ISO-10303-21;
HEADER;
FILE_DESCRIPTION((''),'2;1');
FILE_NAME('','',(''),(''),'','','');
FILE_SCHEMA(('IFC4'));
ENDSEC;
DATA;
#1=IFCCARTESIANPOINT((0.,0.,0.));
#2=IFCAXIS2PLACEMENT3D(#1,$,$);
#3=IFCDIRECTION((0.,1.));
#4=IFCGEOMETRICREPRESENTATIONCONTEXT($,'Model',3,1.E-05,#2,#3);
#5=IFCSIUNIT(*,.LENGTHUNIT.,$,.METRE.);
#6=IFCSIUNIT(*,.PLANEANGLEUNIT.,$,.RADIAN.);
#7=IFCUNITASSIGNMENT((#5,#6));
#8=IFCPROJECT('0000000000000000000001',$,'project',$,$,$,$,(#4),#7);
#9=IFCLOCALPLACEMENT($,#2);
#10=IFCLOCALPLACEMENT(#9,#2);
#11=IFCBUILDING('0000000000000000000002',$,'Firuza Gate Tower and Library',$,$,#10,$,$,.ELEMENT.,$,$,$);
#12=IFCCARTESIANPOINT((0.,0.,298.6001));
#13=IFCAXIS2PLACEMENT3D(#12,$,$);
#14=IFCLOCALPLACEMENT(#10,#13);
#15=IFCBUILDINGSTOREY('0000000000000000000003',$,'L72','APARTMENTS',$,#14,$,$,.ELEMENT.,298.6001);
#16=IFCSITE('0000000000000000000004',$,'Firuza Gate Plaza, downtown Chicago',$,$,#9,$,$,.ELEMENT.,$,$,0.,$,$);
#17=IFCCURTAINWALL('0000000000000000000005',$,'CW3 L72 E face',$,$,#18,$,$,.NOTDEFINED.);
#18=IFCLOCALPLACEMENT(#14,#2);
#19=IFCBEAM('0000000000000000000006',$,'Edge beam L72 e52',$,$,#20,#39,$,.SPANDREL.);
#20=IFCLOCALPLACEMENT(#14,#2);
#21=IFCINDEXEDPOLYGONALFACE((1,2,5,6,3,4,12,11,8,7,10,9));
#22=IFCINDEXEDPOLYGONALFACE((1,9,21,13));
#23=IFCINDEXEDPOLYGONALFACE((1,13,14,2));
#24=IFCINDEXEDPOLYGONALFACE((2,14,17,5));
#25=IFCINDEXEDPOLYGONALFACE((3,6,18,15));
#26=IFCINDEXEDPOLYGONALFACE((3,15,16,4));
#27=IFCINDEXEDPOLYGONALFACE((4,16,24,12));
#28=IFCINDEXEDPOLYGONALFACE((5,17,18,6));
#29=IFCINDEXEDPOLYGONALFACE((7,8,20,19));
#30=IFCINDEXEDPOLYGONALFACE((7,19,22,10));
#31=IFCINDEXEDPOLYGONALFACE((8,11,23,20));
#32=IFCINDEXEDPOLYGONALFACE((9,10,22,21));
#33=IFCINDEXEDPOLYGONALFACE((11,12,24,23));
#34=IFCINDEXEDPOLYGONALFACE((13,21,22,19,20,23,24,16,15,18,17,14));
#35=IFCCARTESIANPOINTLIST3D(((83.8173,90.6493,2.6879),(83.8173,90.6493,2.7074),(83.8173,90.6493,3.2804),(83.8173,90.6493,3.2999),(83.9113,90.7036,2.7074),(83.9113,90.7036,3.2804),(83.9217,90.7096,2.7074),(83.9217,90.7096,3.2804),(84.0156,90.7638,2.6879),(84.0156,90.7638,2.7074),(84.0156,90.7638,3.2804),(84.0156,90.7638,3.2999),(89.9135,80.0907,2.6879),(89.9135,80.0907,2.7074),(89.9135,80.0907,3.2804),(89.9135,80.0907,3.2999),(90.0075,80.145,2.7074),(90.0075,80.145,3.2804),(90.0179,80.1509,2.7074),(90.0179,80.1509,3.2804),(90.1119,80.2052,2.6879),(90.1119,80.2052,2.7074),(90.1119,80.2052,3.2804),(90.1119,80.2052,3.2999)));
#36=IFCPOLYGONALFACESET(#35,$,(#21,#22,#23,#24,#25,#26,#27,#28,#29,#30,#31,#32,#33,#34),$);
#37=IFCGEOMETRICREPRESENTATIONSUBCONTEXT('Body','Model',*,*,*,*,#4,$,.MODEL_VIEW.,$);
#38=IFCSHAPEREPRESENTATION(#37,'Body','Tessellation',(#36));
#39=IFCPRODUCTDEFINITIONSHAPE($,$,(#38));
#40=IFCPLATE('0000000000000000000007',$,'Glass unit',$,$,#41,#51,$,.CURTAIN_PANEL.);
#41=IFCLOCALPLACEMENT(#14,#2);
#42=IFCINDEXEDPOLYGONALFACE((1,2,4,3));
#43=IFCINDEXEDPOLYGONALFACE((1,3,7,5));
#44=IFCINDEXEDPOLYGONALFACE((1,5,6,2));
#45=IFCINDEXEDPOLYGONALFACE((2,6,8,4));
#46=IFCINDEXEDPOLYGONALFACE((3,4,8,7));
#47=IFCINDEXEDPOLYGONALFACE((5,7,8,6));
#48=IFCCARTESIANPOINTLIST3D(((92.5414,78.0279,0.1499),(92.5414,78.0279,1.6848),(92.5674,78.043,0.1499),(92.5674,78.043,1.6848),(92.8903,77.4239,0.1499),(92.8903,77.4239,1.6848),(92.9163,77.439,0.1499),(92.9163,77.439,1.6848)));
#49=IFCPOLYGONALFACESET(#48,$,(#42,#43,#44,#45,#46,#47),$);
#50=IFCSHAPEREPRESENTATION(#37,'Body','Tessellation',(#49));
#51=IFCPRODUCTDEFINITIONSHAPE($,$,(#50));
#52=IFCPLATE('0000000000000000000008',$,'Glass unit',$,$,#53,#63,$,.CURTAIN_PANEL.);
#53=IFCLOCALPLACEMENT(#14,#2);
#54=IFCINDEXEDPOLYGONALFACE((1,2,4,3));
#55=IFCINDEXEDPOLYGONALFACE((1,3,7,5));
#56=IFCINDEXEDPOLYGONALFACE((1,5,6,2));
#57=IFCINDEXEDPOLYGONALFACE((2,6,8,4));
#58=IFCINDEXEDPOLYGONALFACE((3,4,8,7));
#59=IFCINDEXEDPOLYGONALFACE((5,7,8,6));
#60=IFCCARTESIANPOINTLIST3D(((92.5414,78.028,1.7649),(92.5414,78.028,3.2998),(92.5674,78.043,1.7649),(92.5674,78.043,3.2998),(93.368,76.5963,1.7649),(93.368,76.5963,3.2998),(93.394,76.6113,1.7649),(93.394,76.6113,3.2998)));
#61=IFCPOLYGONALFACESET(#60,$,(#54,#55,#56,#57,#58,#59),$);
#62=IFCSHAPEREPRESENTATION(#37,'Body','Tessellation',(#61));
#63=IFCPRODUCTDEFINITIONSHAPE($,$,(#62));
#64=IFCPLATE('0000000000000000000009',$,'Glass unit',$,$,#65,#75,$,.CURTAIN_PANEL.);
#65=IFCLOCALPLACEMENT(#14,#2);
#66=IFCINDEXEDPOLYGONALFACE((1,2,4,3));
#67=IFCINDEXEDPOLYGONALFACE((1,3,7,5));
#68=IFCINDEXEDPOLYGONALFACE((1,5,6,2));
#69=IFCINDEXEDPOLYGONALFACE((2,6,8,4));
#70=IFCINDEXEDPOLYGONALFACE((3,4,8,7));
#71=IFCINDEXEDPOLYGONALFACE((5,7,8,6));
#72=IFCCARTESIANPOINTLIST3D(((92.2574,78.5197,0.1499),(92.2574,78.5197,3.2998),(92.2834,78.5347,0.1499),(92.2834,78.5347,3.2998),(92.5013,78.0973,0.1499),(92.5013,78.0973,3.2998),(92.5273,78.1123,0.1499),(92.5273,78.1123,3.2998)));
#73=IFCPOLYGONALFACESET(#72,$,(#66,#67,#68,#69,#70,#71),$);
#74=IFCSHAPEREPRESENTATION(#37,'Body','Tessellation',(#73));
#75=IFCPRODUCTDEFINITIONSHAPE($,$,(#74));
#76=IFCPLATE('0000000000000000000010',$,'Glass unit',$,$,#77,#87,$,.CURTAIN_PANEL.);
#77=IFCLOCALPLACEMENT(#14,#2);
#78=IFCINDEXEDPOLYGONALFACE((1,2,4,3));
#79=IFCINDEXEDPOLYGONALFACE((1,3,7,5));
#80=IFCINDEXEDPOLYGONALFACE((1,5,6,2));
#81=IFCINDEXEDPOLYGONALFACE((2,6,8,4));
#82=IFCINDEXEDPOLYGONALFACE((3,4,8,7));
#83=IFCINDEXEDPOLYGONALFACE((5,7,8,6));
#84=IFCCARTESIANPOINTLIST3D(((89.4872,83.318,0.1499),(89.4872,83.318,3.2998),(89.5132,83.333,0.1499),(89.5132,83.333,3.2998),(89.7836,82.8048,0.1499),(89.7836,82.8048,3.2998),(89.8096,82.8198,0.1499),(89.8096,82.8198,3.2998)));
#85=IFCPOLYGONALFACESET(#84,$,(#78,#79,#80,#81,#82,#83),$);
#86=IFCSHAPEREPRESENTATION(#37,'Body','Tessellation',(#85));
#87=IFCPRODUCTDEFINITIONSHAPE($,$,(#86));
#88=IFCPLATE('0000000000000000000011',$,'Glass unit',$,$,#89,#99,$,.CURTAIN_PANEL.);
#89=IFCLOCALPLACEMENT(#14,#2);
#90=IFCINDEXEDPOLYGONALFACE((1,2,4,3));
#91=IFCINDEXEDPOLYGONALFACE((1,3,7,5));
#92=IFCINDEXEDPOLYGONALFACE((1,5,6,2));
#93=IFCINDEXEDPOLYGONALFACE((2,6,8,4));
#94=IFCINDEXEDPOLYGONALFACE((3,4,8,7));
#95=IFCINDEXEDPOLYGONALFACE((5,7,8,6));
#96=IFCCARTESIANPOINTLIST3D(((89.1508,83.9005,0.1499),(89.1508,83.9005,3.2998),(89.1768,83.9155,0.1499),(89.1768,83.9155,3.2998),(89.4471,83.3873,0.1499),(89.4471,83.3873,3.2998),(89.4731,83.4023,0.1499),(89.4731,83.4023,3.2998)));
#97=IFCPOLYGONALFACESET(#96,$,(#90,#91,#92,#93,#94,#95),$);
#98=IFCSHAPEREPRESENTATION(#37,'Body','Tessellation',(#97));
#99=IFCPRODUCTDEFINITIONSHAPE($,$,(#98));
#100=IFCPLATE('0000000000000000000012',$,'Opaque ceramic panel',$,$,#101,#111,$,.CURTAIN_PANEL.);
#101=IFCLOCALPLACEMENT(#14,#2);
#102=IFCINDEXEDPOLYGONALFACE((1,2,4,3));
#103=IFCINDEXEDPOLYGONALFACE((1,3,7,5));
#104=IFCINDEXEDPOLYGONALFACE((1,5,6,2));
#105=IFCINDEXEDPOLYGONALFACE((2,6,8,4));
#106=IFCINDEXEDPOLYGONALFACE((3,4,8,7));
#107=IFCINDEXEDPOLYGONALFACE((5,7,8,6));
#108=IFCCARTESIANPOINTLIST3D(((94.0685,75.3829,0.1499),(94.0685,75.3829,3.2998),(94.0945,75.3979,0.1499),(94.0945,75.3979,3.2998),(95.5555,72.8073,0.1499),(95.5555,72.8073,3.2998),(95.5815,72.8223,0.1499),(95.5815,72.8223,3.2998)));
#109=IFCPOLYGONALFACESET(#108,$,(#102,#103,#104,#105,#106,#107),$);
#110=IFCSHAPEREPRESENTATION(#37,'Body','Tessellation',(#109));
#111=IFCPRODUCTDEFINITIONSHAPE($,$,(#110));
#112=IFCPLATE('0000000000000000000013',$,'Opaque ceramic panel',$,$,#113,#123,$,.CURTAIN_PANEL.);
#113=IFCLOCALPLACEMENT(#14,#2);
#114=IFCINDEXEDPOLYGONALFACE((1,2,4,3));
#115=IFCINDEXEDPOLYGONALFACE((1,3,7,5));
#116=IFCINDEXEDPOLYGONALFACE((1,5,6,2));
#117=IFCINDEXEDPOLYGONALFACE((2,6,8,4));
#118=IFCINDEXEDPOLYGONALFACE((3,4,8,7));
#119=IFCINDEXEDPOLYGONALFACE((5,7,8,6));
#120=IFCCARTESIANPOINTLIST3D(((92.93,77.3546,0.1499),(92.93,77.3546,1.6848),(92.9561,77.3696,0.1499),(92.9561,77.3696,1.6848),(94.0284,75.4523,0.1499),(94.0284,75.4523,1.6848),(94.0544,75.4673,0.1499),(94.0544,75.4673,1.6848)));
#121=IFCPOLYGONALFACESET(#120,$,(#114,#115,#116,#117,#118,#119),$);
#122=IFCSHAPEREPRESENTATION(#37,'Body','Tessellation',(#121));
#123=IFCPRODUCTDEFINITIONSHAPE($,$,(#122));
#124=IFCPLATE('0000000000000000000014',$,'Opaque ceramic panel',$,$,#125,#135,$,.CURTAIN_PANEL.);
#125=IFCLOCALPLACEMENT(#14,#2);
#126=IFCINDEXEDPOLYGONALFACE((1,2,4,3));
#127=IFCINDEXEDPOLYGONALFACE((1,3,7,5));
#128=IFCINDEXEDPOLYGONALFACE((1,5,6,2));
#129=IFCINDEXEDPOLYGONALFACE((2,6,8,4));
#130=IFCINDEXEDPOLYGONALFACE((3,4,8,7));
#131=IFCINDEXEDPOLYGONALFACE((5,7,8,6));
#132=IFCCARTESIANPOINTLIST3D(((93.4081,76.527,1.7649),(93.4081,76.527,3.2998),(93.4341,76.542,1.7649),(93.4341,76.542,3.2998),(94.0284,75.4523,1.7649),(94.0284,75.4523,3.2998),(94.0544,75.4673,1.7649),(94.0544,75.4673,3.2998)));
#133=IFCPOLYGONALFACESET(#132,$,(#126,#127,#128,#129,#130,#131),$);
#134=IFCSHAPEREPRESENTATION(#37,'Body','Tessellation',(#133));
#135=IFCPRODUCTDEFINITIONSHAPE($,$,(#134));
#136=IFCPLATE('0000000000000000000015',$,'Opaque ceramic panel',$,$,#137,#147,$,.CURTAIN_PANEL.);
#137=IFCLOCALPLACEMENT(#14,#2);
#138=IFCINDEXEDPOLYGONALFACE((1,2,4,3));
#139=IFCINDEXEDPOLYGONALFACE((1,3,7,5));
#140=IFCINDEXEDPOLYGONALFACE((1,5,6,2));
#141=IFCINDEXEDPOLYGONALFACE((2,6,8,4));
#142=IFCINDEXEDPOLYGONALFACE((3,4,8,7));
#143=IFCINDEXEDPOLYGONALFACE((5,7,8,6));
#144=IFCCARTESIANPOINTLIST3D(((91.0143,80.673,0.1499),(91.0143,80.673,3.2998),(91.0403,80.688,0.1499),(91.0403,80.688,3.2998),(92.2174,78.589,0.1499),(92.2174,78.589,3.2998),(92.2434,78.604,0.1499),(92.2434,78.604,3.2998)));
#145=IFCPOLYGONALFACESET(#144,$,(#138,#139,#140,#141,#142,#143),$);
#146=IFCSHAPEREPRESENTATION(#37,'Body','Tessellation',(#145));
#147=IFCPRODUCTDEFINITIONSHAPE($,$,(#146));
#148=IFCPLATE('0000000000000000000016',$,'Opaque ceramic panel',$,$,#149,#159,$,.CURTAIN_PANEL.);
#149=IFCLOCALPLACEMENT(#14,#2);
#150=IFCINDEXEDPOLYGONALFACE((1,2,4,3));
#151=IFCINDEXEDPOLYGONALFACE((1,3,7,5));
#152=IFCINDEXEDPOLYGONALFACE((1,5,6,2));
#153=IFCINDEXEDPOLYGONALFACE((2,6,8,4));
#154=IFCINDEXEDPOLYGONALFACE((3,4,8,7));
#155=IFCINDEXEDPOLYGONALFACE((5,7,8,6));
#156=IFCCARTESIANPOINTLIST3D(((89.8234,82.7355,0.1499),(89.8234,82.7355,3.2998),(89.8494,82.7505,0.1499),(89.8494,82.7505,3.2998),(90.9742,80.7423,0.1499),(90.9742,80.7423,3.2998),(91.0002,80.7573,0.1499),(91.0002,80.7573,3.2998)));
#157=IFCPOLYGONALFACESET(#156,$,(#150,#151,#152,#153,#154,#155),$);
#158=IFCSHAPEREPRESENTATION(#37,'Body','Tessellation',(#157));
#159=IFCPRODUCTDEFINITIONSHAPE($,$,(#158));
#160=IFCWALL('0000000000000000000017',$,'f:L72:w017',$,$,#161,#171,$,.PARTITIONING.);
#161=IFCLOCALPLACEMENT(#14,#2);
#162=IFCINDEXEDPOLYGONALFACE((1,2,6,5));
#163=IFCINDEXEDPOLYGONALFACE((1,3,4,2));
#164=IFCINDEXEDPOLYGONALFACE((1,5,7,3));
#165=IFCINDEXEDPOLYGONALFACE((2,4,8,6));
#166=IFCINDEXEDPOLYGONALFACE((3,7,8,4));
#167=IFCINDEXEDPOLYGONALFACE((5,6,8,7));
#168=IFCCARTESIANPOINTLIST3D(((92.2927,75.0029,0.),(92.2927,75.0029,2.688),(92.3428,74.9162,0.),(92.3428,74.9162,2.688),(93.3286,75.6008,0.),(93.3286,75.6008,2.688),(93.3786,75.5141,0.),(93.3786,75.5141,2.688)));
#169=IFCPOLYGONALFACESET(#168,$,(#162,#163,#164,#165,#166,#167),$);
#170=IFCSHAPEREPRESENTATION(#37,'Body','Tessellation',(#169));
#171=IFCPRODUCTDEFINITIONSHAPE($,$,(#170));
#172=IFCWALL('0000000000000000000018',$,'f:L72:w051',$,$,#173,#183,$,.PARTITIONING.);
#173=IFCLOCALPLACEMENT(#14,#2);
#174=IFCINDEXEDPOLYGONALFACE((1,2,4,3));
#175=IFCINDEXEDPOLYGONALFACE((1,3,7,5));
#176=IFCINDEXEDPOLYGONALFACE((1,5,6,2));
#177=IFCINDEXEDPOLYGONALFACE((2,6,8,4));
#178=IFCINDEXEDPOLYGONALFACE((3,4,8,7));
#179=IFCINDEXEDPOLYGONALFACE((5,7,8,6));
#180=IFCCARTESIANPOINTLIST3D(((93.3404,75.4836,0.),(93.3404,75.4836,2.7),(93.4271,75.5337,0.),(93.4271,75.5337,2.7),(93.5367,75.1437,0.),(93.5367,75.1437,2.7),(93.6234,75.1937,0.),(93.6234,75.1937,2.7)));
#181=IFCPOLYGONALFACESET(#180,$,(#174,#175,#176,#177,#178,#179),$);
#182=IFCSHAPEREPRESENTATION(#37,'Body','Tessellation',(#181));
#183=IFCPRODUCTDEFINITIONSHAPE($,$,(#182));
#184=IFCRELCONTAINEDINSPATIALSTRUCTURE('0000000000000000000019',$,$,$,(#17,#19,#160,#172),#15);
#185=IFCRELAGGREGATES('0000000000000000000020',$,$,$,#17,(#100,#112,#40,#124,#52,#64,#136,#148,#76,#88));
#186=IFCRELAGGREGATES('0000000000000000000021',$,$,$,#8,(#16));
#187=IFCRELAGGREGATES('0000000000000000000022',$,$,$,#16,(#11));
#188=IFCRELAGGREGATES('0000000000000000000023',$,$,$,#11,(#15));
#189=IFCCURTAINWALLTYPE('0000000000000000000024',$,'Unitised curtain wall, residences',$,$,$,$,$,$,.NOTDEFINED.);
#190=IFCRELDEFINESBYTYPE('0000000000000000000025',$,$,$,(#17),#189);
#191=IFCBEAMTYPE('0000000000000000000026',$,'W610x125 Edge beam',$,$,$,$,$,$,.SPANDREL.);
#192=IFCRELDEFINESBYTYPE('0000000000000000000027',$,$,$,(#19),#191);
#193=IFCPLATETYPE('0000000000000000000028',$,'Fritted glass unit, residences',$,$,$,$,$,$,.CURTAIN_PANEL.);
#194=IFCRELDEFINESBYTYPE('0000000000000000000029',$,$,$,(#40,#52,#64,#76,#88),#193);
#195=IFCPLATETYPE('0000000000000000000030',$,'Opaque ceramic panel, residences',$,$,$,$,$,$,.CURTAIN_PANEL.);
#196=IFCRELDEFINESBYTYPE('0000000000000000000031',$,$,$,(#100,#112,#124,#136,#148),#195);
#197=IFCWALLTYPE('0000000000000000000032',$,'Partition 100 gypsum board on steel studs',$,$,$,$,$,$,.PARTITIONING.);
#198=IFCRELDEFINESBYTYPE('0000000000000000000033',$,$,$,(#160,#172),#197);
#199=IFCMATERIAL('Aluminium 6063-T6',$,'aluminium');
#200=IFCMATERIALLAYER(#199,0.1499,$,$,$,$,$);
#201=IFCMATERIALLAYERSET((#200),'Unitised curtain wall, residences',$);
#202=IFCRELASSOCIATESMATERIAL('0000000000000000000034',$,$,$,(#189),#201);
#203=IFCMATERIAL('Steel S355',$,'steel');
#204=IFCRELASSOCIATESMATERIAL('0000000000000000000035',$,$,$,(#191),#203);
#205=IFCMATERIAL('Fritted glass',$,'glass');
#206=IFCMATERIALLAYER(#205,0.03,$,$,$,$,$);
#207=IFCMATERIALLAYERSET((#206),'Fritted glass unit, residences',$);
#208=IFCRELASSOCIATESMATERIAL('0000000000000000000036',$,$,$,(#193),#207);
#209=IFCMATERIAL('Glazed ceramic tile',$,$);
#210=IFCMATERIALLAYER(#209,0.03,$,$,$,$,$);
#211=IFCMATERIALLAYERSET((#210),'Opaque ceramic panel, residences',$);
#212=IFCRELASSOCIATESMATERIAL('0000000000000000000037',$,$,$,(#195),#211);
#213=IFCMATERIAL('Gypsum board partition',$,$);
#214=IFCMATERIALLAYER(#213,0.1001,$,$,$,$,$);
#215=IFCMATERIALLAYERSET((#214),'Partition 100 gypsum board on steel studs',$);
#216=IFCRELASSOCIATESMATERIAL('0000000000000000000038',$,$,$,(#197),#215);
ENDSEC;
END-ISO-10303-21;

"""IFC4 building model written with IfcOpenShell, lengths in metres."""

from ifc_helpers import new_model, si_unit, direction, frame, frame_2d, origin, origin_2d, place, context, subcontext, project, spatial, polyline, rectangle, i_section, outline, extrude, material, layer, layer_set, material_profile, profile_set, type_object, element, aggregate, save


model = new_model("IFC4")

# Units and contexts
model_context = context("Model", 3, precision=1e-05, world=origin(), true_north=direction((0.0, 1.0)))
body_context = subcontext(model_context, "Body", "Model", "MODEL_VIEW")
ifc_project = project(units=[si_unit("LENGTHUNIT", "METRE"), si_unit("PLANEANGLEUNIT", "RADIAN")], contexts=[model_context])

# Site, building, storey
site_placement = place(None, origin())
site = spatial("IfcSite", under=ifc_project, at=site_placement, Name="Firuza Gate Plaza, downtown Chicago", CompositionType="ELEMENT", RefElevation=0.0)
building_placement = place(site_placement, origin())
building = spatial("IfcBuilding", under=site, at=building_placement, Name="Firuza Gate Tower and Library", CompositionType="ELEMENT")
storey_placement = place(building_placement, frame((0.0, 0.0, 298.6001)))
storey = spatial("IfcBuildingStorey", under=building, at=storey_placement, Name="L72", Description="APARTMENTS", CompositionType="ELEMENT", Elevation=298.6001)

# Curtain wall
ifc_material_1 = material(Name="Aluminium 6063-T6", Category="aluminium")
ifc_layer_1 = layer(ifc_material_1, 0.1499)
ifc_layer_set_1 = layer_set([ifc_layer_1], Name="Unitised curtain wall, residences")
curtain_wall_type = type_object("IfcCurtainWallType", Name="Unitised curtain wall, residences", PredefinedType="NOTDEFINED", material=ifc_layer_set_1)
curtain_wall_placement = place(storey_placement, origin())
curtain_wall = element("IfcCurtainWall", 1, at=curtain_wall_placement, inside=storey, type_object=curtain_wall_type, Name="CW3 L72 E face", PredefinedType="NOTDEFINED")

# Beam
ifc_material_2 = material(Name="Steel S355", Category="steel")
ifc_material_profile_1 = material_profile(ifc_material_2, i_section(OverallWidth=0.229, OverallDepth=0.6121, WebThickness=0.012, FlangeThickness=0.0195, at=origin_2d()))
ifc_profile_set_1 = profile_set([ifc_material_profile_1], Name="Steel S355")
beam_type_1 = type_object("IfcBeamType", Name="W610x125 Edge beam", PredefinedType="SPANDREL", material=ifc_profile_set_1)
beam_1_placement = place(storey_placement, frame((90.0127, 80.1479, 2.9939), z_axis=(-0.500011, 0.866019, 0.0), x_axis=(-0.866019, -0.500011, 0.0)))
element("IfcBeam", 2, at=beam_1_placement, inside=storey, type_object=beam_type_1, Name="Edge beam L72 e52", PredefinedType="SPANDREL", context=body_context, shape_type="SweptSolid", body=[
    extrude(i_section(OverallWidth=0.229, OverallDepth=0.6121, WebThickness=0.012, FlangeThickness=0.0195, at=origin_2d()), origin(), (0.0, 0.0, 1.0), 12.1921),
])

# Plates
ifc_material_3 = material(Name="Fritted glass", Category="glass")
ifc_layer_2 = layer(ifc_material_3, 0.03)
ifc_layer_set_2 = layer_set([ifc_layer_2], Name="Fritted glass unit, residences")
plate_type_1 = type_object("IfcPlateType", Name="Fritted glass unit, residences", PredefinedType="CURTAIN_PANEL", material=ifc_layer_set_2)
plate_1_placement = place(storey_placement, frame((92.9163, 77.439, 0.1499), z_axis=(0.865929, 0.500167, 0.0), x_axis=(-0.500167, 0.865929, 0.0)))
plate_1 = element("IfcPlate", 3, at=plate_1_placement, type_object=plate_type_1, Name="Glass unit", PredefinedType="CURTAIN_PANEL", context=body_context, shape_type="SweptSolid", body=[
    extrude(outline(polyline([(0.0, 0.0), (0.6975, 0.0), (0.6975, 1.5349), (0.0, 1.5349), (0.0, 0.0)])), origin(), (0.0, 0.0, -1.0), 0.03),
])
plate_2_placement = place(storey_placement, frame((93.394, 76.6113, 1.7649), z_axis=(0.865999, 0.500046, 0.0), x_axis=(-0.500046, 0.865999, 0.0)))
plate_2 = element("IfcPlate", 4, at=plate_2_placement, type_object=plate_type_1, Name="Glass unit", PredefinedType="CURTAIN_PANEL", context=body_context, shape_type="SweptSolid", body=[
    extrude(outline(polyline([(0.0, 0.0), (1.6532, 0.0), (1.6532, 1.5349), (0.0, 1.5349), (0.0, 0.0)])), origin(), (0.0, 0.0, -1.0), 0.03),
])
plate_3_placement = place(storey_placement, frame((92.5273, 78.1123, 0.1499), z_axis=(0.865986, 0.500069, 0.0), x_axis=(-0.500069, 0.865986, 0.0)))
plate_3 = element("IfcPlate", 5, at=plate_3_placement, type_object=plate_type_1, Name="Glass unit", PredefinedType="CURTAIN_PANEL", context=body_context, shape_type="SweptSolid", body=[
    extrude(outline(polyline([(0.0, 0.0), (0.4877, 0.0), (0.4877, 3.1499), (0.0, 3.1499), (0.0, 0.0)])), origin(), (0.0, 0.0, -1.0), 0.03),
])
plate_4_placement = place(storey_placement, frame((89.8096, 82.8198, 0.1499), z_axis=(0.865952, 0.500127, 0.0), x_axis=(-0.500127, 0.865952, 0.0)))
plate_4 = element("IfcPlate", 6, at=plate_4_placement, type_object=plate_type_1, Name="Glass unit", PredefinedType="CURTAIN_PANEL", context=body_context, shape_type="SweptSolid", body=[
    extrude(outline(polyline([(0.0, 0.0), (0.5926, 0.0), (0.5926, 3.1499), (0.0, 3.1499), (0.0, 0.0)])), origin(), (0.0, 0.0, -1.0), 0.03),
])
plate_5_placement = place(storey_placement, frame((89.4731, 83.4023, 0.1499), z_axis=(0.865952, 0.500127, 0.0), x_axis=(-0.500127, 0.865952, 0.0)))
plate_5 = element("IfcPlate", 7, at=plate_5_placement, type_object=plate_type_1, Name="Glass unit", PredefinedType="CURTAIN_PANEL", context=body_context, shape_type="SweptSolid", body=[
    extrude(outline(polyline([(0.0, 0.0), (0.5926, 0.0), (0.5926, 3.1499), (0.0, 3.1499), (0.0, 0.0)])), origin(), (0.0, 0.0, -1.0), 0.03),
])
ifc_material_4 = material(Name="Glazed ceramic tile")
ifc_layer_3 = layer(ifc_material_4, 0.03)
ifc_layer_set_3 = layer_set([ifc_layer_3], Name="Opaque ceramic panel, residences")
plate_type_2 = type_object("IfcPlateType", Name="Opaque ceramic panel, residences", PredefinedType="CURTAIN_PANEL", material=ifc_layer_set_3)
plate_6_placement = place(storey_placement, frame((95.5815, 72.8223, 0.1499), z_axis=(0.866027, 0.499997, 0.0), x_axis=(-0.499997, 0.866027, 0.0)))
plate_6 = element("IfcPlate", 8, at=plate_6_placement, type_object=plate_type_2, Name="Opaque ceramic panel", PredefinedType="CURTAIN_PANEL", context=body_context, shape_type="SweptSolid", body=[
    extrude(outline(polyline([(0.0, 0.0), (2.9741, 0.0), (2.9741, 3.1499), (0.0, 3.1499), (0.0, 0.0)])), origin(), (0.0, 0.0, -1.0), 0.03),
])
plate_7_placement = place(storey_placement, frame((94.0544, 75.4673, 0.1499), z_axis=(0.866012, 0.500024, 0.0), x_axis=(-0.500024, 0.866012, 0.0)))
plate_7 = element("IfcPlate", 9, at=plate_7_placement, type_object=plate_type_2, Name="Opaque ceramic panel", PredefinedType="CURTAIN_PANEL", context=body_context, shape_type="SweptSolid", body=[
    extrude(outline(polyline([(0.0, 0.0), (2.1967, 0.0), (2.1967, 1.5349), (0.0, 1.5349), (0.0, 0.0)])), origin(), (0.0, 0.0, -1.0), 0.03),
])
plate_8_placement = place(storey_placement, frame((94.0544, 75.4673, 1.7649), z_axis=(0.866068, 0.499927, 0.0), x_axis=(-0.499927, 0.866068, 0.0)))
plate_8 = element("IfcPlate", 10, at=plate_8_placement, type_object=plate_type_2, Name="Opaque ceramic panel", PredefinedType="CURTAIN_PANEL", context=body_context, shape_type="SweptSolid", body=[
    extrude(outline(polyline([(0.0, 0.0), (1.2409, 0.0), (1.2409, 1.5349), (0.0, 1.5349), (0.0, 0.0)])), origin(), (0.0, 0.0, -1.0), 0.03),
])
plate_9_placement = place(storey_placement, frame((92.2434, 78.604, 0.1499), z_axis=(0.866037, 0.49998, 0.0), x_axis=(-0.49998, 0.866037, 0.0)))
plate_9 = element("IfcPlate", 11, at=plate_9_placement, type_object=plate_type_2, Name="Opaque ceramic panel", PredefinedType="CURTAIN_PANEL", context=body_context, shape_type="SweptSolid", body=[
    extrude(outline(polyline([(0.0, 0.0), (2.4063, 0.0), (2.4063, 3.1499), (0.0, 3.1499), (0.0, 0.0)])), origin(), (0.0, 0.0, -1.0), 0.03),
])
plate_10_placement = place(storey_placement, frame((91.0002, 80.7573, 0.1499), z_axis=(0.866002, 0.500041, 0.0), x_axis=(-0.500041, 0.866002, 0.0)))
plate_10 = element("IfcPlate", 12, at=plate_10_placement, type_object=plate_type_2, Name="Opaque ceramic panel", PredefinedType="CURTAIN_PANEL", context=body_context, shape_type="SweptSolid", body=[
    extrude(outline(polyline([(0.0, 0.0), (2.3016, 0.0), (2.3016, 3.1499), (0.0, 3.1499), (0.0, 0.0)])), origin(), (0.0, 0.0, -1.0), 0.03),
])
aggregate(curtain_wall, [plate_6, plate_7, plate_1, plate_8, plate_2, plate_3, plate_9, plate_10, plate_4, plate_5])

# Walls
ifc_material_5 = material(Name="Gypsum board partition")
ifc_layer_4 = layer(ifc_material_5, 0.1001)
ifc_layer_set_4 = layer_set([ifc_layer_4], Name="Partition 100 gypsum board on steel studs")
wall_type = type_object("IfcWallType", Name="Partition 100 gypsum board on steel studs", PredefinedType="PARTITIONING", material=ifc_layer_set_4)
wall_1_placement = place(storey_placement, frame((92.3176, 74.9595, 0.0), z_axis=(0.0, 0.0, 1.0), x_axis=(0.866087, 0.499893, 0.0)))
element("IfcWall", 13, at=wall_1_placement, inside=storey, type_object=wall_type, Name="f:L72:w017", PredefinedType="PARTITIONING", context=body_context, shape_type="SweptSolid", body=[
    extrude(rectangle(XDim=1.196, YDim=0.1001, at=frame_2d((0.5981, 0.0))), origin(), (0.0, 0.0, 1.0), 2.688),
])
wall_2_placement = place(storey_placement, frame((93.5801, 75.1687, 0.0), z_axis=(0.0, 0.0, 1.0), x_axis=(-0.500153, 0.865937, 0.0)))
element("IfcWall", 14, at=wall_2_placement, inside=storey, type_object=wall_type, Name="f:L72:w051", PredefinedType="PARTITIONING", context=body_context, shape_type="SweptSolid", body=[
    extrude(rectangle(XDim=0.3926, YDim=0.1001, at=frame_2d((0.1963, 0.0))), origin(), (0.0, 0.0, 1.0), 2.7),
])

save(model, "model.ifc")
